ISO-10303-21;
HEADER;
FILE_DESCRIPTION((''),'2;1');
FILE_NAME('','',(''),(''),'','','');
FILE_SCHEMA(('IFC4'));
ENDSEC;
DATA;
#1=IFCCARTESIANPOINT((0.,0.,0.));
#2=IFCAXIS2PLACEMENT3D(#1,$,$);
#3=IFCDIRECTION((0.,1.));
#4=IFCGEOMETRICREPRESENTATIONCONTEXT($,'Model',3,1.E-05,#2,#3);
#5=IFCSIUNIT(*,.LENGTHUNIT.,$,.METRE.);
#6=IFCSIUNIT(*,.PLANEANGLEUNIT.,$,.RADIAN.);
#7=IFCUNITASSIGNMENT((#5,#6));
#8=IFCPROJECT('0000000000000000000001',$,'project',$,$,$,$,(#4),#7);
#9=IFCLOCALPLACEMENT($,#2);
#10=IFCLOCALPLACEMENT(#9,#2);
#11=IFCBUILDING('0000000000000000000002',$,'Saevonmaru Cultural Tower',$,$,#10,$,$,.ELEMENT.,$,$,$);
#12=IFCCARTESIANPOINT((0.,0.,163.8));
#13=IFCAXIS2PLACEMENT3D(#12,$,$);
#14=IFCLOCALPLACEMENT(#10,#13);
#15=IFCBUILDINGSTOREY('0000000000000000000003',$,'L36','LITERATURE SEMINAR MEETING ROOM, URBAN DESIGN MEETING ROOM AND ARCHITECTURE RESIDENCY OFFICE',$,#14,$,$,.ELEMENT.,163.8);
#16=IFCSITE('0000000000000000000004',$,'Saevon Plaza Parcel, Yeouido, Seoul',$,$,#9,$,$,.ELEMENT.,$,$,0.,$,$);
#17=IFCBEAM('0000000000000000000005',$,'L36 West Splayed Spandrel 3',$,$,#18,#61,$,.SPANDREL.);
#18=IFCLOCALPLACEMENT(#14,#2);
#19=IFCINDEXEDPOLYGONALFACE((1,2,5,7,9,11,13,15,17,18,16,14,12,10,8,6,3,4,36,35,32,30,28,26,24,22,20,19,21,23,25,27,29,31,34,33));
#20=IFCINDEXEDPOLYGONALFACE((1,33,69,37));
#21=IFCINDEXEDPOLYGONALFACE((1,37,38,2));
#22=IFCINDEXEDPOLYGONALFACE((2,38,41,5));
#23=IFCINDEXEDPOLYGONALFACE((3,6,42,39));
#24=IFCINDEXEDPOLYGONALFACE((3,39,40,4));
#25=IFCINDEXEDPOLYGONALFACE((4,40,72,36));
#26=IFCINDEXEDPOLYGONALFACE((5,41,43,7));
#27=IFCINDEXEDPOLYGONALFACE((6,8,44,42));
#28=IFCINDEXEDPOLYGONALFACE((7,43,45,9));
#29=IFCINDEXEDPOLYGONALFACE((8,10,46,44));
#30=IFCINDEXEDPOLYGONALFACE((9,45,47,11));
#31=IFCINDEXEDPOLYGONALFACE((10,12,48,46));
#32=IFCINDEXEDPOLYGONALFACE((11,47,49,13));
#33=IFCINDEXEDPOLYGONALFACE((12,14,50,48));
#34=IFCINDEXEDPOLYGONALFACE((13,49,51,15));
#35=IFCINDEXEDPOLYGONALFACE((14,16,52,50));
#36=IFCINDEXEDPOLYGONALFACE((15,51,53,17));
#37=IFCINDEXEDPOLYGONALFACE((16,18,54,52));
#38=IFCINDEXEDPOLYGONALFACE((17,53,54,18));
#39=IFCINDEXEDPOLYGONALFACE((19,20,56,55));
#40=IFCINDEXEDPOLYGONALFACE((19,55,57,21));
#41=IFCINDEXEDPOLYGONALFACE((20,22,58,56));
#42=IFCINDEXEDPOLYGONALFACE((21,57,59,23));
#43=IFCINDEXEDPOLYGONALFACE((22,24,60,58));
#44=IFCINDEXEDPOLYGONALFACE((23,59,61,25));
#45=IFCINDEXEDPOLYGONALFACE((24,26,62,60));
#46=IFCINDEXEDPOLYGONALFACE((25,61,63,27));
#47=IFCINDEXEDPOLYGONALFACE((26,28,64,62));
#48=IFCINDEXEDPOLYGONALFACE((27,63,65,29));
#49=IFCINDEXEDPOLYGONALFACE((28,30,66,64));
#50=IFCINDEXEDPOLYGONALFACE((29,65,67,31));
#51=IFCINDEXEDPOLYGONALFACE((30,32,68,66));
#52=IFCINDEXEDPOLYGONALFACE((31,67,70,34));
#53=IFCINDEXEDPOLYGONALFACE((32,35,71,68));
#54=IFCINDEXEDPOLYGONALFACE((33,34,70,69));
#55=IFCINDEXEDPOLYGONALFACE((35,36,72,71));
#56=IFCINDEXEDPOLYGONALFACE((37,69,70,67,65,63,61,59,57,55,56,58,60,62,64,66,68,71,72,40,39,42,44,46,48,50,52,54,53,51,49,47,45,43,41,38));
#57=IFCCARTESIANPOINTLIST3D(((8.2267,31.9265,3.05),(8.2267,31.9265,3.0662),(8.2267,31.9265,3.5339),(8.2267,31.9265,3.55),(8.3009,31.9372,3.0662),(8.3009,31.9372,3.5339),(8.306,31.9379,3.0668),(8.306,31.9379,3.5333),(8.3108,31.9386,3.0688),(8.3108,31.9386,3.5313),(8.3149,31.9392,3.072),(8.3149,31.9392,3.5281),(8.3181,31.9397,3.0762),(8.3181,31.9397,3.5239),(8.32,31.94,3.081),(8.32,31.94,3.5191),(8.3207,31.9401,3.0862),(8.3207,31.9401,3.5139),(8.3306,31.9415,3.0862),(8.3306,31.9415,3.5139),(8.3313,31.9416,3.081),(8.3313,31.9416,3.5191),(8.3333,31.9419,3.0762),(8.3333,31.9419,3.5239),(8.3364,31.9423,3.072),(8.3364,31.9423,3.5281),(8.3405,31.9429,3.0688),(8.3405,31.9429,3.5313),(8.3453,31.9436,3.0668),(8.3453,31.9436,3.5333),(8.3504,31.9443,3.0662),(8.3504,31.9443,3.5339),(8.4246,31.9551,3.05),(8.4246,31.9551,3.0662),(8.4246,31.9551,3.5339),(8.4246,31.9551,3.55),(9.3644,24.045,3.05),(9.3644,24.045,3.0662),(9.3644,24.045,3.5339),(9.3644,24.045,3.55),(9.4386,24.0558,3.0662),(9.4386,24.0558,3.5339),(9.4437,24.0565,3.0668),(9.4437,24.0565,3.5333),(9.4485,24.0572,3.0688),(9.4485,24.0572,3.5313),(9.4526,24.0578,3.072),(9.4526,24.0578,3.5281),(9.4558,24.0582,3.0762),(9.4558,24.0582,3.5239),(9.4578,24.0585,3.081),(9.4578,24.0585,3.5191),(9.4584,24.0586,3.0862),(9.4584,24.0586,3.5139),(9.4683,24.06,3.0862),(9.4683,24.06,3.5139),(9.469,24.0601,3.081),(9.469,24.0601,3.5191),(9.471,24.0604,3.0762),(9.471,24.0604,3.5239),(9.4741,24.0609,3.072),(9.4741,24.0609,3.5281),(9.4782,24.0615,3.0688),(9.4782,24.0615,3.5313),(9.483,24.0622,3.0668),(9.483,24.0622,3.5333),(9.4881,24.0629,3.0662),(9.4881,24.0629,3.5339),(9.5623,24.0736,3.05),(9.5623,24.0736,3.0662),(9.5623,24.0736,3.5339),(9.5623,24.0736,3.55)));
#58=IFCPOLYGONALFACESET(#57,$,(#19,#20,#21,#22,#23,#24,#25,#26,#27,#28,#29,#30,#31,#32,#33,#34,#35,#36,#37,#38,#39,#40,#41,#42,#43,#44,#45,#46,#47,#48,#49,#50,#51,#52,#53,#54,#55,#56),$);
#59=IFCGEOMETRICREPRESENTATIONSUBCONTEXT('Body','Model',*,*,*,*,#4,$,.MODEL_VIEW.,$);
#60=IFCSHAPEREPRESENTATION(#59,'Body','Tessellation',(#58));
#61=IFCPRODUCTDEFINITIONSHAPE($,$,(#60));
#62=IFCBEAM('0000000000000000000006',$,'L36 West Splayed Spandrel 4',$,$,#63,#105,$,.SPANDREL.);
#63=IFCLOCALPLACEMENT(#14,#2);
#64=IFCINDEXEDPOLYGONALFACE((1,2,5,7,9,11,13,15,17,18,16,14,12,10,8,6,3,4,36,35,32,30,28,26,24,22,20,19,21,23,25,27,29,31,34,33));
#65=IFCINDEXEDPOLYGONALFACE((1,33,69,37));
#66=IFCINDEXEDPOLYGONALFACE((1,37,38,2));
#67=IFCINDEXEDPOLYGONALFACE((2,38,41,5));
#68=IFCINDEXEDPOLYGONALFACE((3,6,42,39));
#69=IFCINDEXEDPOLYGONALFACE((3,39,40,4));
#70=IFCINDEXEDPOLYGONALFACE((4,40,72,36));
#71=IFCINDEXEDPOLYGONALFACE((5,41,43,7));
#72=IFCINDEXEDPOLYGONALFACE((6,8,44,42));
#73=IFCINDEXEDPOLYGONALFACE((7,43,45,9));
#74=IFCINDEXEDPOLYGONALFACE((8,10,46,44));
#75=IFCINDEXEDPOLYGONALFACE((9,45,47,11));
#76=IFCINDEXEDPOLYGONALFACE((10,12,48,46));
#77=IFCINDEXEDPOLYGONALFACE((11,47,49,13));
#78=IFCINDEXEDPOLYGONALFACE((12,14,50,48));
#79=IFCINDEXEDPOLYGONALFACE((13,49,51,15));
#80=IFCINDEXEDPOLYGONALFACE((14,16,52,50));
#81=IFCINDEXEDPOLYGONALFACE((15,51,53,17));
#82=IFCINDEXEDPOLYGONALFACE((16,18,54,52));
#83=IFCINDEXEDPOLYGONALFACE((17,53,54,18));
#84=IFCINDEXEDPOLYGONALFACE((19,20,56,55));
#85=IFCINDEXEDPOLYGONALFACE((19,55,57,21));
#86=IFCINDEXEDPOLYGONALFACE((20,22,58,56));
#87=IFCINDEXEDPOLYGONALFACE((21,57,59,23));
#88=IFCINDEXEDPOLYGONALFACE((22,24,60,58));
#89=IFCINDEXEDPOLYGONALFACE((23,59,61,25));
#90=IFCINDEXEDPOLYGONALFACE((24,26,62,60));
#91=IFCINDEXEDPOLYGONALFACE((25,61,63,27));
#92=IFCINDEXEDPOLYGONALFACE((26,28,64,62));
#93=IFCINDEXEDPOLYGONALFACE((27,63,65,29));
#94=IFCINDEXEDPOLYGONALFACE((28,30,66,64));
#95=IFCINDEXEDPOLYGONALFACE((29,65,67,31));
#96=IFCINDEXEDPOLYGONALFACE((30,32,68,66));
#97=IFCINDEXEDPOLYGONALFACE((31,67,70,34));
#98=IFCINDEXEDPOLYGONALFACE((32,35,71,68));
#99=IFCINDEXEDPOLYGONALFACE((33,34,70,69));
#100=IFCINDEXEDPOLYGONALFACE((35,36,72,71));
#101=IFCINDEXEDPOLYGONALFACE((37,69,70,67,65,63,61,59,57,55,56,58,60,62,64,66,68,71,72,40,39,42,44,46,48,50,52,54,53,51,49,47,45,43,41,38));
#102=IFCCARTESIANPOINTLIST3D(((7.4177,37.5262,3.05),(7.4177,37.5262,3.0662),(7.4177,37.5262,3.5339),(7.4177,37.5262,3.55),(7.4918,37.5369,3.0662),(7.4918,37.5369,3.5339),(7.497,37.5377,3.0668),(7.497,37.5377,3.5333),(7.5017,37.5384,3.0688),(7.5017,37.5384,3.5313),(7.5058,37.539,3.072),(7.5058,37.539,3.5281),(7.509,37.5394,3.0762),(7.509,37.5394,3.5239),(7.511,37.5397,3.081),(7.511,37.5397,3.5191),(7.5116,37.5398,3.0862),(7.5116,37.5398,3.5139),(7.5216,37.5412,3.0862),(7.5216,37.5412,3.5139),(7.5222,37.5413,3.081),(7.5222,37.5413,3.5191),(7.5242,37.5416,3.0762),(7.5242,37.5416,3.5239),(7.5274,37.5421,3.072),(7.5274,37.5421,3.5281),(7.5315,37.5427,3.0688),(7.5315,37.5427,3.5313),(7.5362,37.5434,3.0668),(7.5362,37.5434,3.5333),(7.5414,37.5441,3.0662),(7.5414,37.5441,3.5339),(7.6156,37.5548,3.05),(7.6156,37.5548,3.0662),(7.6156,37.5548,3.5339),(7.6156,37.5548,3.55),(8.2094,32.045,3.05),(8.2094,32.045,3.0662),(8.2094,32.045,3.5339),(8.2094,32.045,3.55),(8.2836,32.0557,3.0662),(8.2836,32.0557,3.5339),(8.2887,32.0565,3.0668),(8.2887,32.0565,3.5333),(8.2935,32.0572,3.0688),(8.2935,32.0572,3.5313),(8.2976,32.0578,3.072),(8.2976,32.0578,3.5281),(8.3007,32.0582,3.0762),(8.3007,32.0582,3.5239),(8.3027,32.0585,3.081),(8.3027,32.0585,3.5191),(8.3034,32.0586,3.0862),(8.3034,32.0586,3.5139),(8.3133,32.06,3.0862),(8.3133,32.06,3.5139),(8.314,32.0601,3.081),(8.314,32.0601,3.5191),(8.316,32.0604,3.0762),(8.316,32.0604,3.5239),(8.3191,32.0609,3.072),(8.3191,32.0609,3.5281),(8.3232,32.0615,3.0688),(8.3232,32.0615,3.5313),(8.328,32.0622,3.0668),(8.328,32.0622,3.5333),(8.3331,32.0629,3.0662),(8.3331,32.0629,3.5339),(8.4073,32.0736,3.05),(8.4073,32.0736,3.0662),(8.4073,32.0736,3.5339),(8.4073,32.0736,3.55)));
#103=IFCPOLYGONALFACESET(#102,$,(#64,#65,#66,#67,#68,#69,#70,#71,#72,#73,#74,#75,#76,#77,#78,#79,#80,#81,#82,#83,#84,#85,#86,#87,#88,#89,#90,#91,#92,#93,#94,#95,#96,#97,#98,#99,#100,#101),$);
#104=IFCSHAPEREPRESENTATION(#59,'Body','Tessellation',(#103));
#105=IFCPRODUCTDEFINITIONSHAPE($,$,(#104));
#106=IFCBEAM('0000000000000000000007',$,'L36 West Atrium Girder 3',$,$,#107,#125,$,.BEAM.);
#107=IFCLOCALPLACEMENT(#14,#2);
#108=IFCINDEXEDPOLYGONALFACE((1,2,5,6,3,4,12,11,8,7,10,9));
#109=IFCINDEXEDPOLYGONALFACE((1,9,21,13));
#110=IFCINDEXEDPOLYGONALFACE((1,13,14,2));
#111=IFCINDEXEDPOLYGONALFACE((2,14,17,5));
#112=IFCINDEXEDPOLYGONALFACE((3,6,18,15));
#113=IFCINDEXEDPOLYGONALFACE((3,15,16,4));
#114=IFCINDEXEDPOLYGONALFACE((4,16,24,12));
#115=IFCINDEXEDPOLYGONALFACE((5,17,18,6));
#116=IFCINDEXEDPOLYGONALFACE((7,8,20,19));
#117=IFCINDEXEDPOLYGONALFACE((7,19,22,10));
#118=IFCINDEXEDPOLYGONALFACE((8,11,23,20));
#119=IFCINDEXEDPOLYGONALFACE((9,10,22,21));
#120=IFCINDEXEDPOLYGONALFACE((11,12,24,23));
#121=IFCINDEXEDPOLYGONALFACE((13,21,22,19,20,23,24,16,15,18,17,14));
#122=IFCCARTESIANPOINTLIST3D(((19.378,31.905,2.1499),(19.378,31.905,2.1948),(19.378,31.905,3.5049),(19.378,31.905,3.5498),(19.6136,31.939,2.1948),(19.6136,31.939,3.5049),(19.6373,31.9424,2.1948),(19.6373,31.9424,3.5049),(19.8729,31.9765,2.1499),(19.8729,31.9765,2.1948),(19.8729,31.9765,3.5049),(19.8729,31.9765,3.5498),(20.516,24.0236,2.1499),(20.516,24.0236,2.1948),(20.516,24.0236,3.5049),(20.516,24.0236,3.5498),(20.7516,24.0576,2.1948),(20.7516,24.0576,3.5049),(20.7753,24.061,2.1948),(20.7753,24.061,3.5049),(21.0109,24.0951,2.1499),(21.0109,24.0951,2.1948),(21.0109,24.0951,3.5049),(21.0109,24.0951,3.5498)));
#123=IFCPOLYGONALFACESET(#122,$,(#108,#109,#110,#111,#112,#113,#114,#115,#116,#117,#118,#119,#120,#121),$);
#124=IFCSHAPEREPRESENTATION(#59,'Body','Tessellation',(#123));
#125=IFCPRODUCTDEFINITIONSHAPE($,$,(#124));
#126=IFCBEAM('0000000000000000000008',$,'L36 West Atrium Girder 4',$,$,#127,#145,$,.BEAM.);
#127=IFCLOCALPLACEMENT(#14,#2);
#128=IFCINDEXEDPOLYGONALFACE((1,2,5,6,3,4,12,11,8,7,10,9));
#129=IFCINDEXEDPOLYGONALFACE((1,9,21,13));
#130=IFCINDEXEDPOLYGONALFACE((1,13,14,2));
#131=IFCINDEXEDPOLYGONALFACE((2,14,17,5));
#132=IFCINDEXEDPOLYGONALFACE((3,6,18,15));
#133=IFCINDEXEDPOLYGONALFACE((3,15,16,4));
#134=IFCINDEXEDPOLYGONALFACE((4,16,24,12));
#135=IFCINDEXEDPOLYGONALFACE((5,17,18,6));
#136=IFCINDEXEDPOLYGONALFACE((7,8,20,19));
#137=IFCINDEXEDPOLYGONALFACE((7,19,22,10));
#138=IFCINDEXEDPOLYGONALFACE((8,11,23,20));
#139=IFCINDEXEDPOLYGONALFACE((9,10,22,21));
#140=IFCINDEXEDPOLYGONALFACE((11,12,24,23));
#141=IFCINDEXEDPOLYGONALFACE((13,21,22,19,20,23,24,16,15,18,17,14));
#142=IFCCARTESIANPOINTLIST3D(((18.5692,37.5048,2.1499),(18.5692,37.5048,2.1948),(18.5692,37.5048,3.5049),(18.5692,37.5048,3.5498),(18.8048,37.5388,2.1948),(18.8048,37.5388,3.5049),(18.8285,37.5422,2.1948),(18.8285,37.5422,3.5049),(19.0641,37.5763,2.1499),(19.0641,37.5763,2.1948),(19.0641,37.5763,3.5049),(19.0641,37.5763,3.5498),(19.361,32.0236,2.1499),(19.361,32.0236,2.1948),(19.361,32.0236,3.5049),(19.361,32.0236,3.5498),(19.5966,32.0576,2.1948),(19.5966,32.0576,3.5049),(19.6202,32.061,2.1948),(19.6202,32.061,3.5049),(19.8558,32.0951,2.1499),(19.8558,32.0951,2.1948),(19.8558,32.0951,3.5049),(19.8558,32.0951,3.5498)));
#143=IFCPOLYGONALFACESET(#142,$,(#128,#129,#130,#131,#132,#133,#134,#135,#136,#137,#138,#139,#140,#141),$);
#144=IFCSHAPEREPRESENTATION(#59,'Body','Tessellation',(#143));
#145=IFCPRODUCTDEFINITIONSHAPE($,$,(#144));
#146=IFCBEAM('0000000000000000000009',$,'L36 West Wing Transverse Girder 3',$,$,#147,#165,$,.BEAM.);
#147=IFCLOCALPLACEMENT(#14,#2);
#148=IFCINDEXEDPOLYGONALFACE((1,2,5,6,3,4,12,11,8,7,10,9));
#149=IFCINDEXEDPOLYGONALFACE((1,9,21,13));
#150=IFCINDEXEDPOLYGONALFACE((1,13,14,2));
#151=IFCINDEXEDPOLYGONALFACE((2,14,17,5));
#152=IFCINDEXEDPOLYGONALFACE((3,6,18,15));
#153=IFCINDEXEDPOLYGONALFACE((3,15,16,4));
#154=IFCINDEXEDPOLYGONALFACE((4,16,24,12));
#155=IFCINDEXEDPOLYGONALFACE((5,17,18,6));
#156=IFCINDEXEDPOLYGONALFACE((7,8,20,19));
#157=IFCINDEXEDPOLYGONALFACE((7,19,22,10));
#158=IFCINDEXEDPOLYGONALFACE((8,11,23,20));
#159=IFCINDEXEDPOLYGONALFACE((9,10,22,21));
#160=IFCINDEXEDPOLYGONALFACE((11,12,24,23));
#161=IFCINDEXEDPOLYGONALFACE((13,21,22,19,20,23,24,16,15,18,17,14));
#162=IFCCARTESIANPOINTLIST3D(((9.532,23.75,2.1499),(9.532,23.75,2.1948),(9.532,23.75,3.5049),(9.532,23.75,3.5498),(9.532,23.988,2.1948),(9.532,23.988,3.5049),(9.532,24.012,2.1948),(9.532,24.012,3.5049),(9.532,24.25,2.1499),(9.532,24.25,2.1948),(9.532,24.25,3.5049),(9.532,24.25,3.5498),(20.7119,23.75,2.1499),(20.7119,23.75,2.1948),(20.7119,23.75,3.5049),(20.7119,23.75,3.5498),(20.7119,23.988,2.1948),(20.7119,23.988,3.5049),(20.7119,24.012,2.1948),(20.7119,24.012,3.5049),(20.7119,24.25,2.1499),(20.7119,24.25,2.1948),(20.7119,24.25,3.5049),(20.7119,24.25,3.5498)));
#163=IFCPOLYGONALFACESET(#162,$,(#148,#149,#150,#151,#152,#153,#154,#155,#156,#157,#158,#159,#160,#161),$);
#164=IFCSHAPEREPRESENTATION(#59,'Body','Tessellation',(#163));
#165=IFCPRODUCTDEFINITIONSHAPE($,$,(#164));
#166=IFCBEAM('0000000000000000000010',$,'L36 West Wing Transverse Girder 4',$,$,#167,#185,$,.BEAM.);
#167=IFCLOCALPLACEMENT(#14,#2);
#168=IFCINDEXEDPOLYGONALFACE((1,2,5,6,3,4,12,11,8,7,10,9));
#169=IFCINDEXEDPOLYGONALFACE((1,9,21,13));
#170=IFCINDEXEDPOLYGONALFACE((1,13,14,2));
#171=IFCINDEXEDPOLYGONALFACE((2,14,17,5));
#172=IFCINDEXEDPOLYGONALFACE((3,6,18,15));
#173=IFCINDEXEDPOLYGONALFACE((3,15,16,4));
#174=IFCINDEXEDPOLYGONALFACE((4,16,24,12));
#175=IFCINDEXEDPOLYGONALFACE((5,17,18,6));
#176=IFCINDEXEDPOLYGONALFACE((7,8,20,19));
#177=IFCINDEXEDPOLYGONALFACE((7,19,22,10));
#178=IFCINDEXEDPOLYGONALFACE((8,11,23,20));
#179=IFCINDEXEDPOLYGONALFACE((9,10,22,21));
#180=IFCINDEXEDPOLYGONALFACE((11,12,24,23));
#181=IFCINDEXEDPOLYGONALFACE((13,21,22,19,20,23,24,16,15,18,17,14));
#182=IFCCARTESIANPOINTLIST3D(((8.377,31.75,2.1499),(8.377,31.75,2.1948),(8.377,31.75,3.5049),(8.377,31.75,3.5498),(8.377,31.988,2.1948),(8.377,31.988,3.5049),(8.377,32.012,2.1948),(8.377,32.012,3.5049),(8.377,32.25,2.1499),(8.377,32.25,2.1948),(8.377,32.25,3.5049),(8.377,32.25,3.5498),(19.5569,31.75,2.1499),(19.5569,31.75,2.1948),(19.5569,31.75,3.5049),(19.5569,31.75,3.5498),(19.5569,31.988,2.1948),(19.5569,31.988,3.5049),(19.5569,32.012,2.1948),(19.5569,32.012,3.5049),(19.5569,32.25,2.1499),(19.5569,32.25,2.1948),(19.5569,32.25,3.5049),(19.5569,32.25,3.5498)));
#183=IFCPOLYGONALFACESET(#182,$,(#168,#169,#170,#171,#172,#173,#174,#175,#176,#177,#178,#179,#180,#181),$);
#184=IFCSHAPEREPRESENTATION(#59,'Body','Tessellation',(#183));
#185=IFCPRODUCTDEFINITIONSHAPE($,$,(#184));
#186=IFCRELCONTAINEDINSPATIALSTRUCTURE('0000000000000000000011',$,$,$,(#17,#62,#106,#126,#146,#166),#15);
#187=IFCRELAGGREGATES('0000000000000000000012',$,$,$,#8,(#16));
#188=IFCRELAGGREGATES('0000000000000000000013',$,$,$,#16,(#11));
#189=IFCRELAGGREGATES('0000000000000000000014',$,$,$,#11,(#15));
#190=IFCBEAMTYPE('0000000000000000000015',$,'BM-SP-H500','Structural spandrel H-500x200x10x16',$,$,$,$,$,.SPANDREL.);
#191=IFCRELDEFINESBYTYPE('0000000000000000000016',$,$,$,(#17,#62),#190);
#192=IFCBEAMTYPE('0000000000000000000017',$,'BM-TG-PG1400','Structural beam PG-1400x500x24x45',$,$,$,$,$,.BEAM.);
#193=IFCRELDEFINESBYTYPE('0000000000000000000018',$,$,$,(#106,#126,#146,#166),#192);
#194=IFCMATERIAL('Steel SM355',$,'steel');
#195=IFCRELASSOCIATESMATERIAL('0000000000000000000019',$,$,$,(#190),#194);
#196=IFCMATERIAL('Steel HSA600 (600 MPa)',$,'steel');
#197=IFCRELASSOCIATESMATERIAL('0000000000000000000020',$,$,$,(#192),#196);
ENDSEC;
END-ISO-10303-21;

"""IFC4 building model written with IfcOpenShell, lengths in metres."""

from ifc_helpers import new_model, si_unit, direction, frame, origin, origin_2d, place, context, subcontext, project, spatial, i_section, extrude, material, material_profile, profile_set, type_object, element, save


model = new_model("IFC4")

# Units and contexts
model_context = context("Model", 3, precision=1e-05, world=origin(), true_north=direction((0.0, 1.0)))
body_context = subcontext(model_context, "Body", "Model", "MODEL_VIEW")
ifc_project = project(units=[si_unit("LENGTHUNIT", "METRE"), si_unit("PLANEANGLEUNIT", "RADIAN")], contexts=[model_context])

# Site, building, storey
site_placement = place(None, origin())
site = spatial("IfcSite", under=ifc_project, at=site_placement, Name="Saevon Plaza Parcel, Yeouido, Seoul", CompositionType="ELEMENT", RefElevation=0.0)
building_placement = place(site_placement, origin())
building = spatial("IfcBuilding", under=site, at=building_placement, Name="Saevonmaru Cultural Tower", CompositionType="ELEMENT")
storey_placement = place(building_placement, frame((0.0, 0.0, 163.8)))
storey = spatial("IfcBuildingStorey", under=building, at=storey_placement, Name="L36", Description="LITERATURE SEMINAR MEETING ROOM, URBAN DESIGN MEETING ROOM AND ARCHITECTURE RESIDENCY OFFICE", CompositionType="ELEMENT", Elevation=163.8)

# Shared definitions
ifc_material_1 = material(Name="Steel SM355", Category="steel")

# Beams
ifc_material_profile_1 = material_profile(ifc_material_1, i_section(OverallWidth=0.2, OverallDepth=0.5, WebThickness=0.01, FlangeThickness=0.0161, FilletRadius=0.02, at=origin_2d()), Name="H-500x200x10x16")
ifc_profile_set_1 = profile_set([ifc_material_profile_1], Name="Steel SM355")
beam_type_1 = type_object("IfcBeamType", Name="BM-SP-H500", Description="Structural spandrel H-500x200x10x16", PredefinedType="SPANDREL", material=ifc_profile_set_1)
beam_1_placement = place(storey_placement, frame((9.4634, 24.0593, 3.3), z_axis=(-0.142872, 0.989741, 0.0), x_axis=(-0.989741, -0.142872, 0.0)))
element("IfcBeam", 1, at=beam_1_placement, inside=storey, type_object=beam_type_1, Name="L36 West Splayed Spandrel 3", PredefinedType="SPANDREL", context=body_context, shape_type="SweptSolid", body=[
    extrude(i_section(OverallWidth=0.2, OverallDepth=0.5, WebThickness=0.01, FlangeThickness=0.0161, FilletRadius=0.02, at=origin_2d()), origin(), (0.0, 0.0, 1.0), 7.9631),
])
beam_2_placement = place(storey_placement, frame((8.3083, 32.0593, 3.3), z_axis=(-0.142964, 0.989728, 0.0), x_axis=(-0.989728, -0.142964, 0.0)))
element("IfcBeam", 2, at=beam_2_placement, inside=storey, type_object=beam_type_1, Name="L36 West Splayed Spandrel 4", PredefinedType="SPANDREL", context=body_context, shape_type="SweptSolid", body=[
    extrude(i_section(OverallWidth=0.2, OverallDepth=0.5, WebThickness=0.01, FlangeThickness=0.0161, FilletRadius=0.02, at=origin_2d()), origin(), (0.0, 0.0, 1.0), 5.5381),
])
ifc_material_2 = material(Name="Steel HSA600 (600 MPa)", Category="steel")
ifc_material_profile_2 = material_profile(ifc_material_2, i_section(OverallWidth=0.5, OverallDepth=1.3999, WebThickness=0.0239, FlangeThickness=0.0449, at=origin_2d()), Name="PG-1400x500x24x45")
ifc_profile_set_2 = profile_set([ifc_material_profile_2], Name="Steel HSA600 (600 MPa)")
beam_type_2 = type_object("IfcBeamType", Name="BM-TG-PG1400", Description="Structural beam PG-1400x500x24x45", PredefinedType="BEAM", material=ifc_profile_set_2)
beam_3_placement = place(storey_placement, frame((20.7634, 24.0593, 2.8499), z_axis=(-0.142902, 0.989737, 0.0), x_axis=(-0.989737, -0.142902, 0.0)))
element("IfcBeam", 3, at=beam_3_placement, inside=storey, type_object=beam_type_2, Name="L36 West Atrium Girder 3", PredefinedType="BEAM", context=body_context, shape_type="SweptSolid", body=[
    extrude(i_section(OverallWidth=0.5, OverallDepth=1.3999, WebThickness=0.0239, FlangeThickness=0.0449, at=origin_2d()), origin(), (0.0, 0.0, 1.0), 7.9631),
])
beam_4_placement = place(storey_placement, frame((19.6084, 32.0593, 2.8499), z_axis=(-0.142964, 0.989728, 0.0), x_axis=(-0.989728, -0.142964, 0.0)))
element("IfcBeam", 4, at=beam_4_placement, inside=storey, type_object=beam_type_2, Name="L36 West Atrium Girder 4", PredefinedType="BEAM", context=body_context, shape_type="SweptSolid", body=[
    extrude(i_section(OverallWidth=0.5, OverallDepth=1.3999, WebThickness=0.0239, FlangeThickness=0.0449, at=origin_2d()), origin(), (0.0, 0.0, 1.0), 5.5381),
])
for number, where, z_axis, x_axis, name in (
    (5, (9.532, 24.0, 2.8499), (1.0, 0.0, 0.0), (0.0, 1.0, 0.0), "L36 West Wing Transverse Girder 3"),
    (6, (8.377, 32.0, 2.8499), (1.0, 0.0, 0.0), (0.0, 1.0, 0.0), "L36 West Wing Transverse Girder 4"),
):
    element("IfcBeam", number, at=place(storey_placement, frame(where, z_axis=z_axis, x_axis=x_axis)), inside=storey, type_object=beam_type_2, Name=name, PredefinedType="BEAM", context=body_context, shape_type="SweptSolid", body=[
        extrude(i_section(OverallWidth=0.5, OverallDepth=1.3999, WebThickness=0.0239, FlangeThickness=0.0449, at=origin_2d()), origin(), (0.0, 0.0, 1.0), 11.1799),
    ])

save(model, "model.ifc")
